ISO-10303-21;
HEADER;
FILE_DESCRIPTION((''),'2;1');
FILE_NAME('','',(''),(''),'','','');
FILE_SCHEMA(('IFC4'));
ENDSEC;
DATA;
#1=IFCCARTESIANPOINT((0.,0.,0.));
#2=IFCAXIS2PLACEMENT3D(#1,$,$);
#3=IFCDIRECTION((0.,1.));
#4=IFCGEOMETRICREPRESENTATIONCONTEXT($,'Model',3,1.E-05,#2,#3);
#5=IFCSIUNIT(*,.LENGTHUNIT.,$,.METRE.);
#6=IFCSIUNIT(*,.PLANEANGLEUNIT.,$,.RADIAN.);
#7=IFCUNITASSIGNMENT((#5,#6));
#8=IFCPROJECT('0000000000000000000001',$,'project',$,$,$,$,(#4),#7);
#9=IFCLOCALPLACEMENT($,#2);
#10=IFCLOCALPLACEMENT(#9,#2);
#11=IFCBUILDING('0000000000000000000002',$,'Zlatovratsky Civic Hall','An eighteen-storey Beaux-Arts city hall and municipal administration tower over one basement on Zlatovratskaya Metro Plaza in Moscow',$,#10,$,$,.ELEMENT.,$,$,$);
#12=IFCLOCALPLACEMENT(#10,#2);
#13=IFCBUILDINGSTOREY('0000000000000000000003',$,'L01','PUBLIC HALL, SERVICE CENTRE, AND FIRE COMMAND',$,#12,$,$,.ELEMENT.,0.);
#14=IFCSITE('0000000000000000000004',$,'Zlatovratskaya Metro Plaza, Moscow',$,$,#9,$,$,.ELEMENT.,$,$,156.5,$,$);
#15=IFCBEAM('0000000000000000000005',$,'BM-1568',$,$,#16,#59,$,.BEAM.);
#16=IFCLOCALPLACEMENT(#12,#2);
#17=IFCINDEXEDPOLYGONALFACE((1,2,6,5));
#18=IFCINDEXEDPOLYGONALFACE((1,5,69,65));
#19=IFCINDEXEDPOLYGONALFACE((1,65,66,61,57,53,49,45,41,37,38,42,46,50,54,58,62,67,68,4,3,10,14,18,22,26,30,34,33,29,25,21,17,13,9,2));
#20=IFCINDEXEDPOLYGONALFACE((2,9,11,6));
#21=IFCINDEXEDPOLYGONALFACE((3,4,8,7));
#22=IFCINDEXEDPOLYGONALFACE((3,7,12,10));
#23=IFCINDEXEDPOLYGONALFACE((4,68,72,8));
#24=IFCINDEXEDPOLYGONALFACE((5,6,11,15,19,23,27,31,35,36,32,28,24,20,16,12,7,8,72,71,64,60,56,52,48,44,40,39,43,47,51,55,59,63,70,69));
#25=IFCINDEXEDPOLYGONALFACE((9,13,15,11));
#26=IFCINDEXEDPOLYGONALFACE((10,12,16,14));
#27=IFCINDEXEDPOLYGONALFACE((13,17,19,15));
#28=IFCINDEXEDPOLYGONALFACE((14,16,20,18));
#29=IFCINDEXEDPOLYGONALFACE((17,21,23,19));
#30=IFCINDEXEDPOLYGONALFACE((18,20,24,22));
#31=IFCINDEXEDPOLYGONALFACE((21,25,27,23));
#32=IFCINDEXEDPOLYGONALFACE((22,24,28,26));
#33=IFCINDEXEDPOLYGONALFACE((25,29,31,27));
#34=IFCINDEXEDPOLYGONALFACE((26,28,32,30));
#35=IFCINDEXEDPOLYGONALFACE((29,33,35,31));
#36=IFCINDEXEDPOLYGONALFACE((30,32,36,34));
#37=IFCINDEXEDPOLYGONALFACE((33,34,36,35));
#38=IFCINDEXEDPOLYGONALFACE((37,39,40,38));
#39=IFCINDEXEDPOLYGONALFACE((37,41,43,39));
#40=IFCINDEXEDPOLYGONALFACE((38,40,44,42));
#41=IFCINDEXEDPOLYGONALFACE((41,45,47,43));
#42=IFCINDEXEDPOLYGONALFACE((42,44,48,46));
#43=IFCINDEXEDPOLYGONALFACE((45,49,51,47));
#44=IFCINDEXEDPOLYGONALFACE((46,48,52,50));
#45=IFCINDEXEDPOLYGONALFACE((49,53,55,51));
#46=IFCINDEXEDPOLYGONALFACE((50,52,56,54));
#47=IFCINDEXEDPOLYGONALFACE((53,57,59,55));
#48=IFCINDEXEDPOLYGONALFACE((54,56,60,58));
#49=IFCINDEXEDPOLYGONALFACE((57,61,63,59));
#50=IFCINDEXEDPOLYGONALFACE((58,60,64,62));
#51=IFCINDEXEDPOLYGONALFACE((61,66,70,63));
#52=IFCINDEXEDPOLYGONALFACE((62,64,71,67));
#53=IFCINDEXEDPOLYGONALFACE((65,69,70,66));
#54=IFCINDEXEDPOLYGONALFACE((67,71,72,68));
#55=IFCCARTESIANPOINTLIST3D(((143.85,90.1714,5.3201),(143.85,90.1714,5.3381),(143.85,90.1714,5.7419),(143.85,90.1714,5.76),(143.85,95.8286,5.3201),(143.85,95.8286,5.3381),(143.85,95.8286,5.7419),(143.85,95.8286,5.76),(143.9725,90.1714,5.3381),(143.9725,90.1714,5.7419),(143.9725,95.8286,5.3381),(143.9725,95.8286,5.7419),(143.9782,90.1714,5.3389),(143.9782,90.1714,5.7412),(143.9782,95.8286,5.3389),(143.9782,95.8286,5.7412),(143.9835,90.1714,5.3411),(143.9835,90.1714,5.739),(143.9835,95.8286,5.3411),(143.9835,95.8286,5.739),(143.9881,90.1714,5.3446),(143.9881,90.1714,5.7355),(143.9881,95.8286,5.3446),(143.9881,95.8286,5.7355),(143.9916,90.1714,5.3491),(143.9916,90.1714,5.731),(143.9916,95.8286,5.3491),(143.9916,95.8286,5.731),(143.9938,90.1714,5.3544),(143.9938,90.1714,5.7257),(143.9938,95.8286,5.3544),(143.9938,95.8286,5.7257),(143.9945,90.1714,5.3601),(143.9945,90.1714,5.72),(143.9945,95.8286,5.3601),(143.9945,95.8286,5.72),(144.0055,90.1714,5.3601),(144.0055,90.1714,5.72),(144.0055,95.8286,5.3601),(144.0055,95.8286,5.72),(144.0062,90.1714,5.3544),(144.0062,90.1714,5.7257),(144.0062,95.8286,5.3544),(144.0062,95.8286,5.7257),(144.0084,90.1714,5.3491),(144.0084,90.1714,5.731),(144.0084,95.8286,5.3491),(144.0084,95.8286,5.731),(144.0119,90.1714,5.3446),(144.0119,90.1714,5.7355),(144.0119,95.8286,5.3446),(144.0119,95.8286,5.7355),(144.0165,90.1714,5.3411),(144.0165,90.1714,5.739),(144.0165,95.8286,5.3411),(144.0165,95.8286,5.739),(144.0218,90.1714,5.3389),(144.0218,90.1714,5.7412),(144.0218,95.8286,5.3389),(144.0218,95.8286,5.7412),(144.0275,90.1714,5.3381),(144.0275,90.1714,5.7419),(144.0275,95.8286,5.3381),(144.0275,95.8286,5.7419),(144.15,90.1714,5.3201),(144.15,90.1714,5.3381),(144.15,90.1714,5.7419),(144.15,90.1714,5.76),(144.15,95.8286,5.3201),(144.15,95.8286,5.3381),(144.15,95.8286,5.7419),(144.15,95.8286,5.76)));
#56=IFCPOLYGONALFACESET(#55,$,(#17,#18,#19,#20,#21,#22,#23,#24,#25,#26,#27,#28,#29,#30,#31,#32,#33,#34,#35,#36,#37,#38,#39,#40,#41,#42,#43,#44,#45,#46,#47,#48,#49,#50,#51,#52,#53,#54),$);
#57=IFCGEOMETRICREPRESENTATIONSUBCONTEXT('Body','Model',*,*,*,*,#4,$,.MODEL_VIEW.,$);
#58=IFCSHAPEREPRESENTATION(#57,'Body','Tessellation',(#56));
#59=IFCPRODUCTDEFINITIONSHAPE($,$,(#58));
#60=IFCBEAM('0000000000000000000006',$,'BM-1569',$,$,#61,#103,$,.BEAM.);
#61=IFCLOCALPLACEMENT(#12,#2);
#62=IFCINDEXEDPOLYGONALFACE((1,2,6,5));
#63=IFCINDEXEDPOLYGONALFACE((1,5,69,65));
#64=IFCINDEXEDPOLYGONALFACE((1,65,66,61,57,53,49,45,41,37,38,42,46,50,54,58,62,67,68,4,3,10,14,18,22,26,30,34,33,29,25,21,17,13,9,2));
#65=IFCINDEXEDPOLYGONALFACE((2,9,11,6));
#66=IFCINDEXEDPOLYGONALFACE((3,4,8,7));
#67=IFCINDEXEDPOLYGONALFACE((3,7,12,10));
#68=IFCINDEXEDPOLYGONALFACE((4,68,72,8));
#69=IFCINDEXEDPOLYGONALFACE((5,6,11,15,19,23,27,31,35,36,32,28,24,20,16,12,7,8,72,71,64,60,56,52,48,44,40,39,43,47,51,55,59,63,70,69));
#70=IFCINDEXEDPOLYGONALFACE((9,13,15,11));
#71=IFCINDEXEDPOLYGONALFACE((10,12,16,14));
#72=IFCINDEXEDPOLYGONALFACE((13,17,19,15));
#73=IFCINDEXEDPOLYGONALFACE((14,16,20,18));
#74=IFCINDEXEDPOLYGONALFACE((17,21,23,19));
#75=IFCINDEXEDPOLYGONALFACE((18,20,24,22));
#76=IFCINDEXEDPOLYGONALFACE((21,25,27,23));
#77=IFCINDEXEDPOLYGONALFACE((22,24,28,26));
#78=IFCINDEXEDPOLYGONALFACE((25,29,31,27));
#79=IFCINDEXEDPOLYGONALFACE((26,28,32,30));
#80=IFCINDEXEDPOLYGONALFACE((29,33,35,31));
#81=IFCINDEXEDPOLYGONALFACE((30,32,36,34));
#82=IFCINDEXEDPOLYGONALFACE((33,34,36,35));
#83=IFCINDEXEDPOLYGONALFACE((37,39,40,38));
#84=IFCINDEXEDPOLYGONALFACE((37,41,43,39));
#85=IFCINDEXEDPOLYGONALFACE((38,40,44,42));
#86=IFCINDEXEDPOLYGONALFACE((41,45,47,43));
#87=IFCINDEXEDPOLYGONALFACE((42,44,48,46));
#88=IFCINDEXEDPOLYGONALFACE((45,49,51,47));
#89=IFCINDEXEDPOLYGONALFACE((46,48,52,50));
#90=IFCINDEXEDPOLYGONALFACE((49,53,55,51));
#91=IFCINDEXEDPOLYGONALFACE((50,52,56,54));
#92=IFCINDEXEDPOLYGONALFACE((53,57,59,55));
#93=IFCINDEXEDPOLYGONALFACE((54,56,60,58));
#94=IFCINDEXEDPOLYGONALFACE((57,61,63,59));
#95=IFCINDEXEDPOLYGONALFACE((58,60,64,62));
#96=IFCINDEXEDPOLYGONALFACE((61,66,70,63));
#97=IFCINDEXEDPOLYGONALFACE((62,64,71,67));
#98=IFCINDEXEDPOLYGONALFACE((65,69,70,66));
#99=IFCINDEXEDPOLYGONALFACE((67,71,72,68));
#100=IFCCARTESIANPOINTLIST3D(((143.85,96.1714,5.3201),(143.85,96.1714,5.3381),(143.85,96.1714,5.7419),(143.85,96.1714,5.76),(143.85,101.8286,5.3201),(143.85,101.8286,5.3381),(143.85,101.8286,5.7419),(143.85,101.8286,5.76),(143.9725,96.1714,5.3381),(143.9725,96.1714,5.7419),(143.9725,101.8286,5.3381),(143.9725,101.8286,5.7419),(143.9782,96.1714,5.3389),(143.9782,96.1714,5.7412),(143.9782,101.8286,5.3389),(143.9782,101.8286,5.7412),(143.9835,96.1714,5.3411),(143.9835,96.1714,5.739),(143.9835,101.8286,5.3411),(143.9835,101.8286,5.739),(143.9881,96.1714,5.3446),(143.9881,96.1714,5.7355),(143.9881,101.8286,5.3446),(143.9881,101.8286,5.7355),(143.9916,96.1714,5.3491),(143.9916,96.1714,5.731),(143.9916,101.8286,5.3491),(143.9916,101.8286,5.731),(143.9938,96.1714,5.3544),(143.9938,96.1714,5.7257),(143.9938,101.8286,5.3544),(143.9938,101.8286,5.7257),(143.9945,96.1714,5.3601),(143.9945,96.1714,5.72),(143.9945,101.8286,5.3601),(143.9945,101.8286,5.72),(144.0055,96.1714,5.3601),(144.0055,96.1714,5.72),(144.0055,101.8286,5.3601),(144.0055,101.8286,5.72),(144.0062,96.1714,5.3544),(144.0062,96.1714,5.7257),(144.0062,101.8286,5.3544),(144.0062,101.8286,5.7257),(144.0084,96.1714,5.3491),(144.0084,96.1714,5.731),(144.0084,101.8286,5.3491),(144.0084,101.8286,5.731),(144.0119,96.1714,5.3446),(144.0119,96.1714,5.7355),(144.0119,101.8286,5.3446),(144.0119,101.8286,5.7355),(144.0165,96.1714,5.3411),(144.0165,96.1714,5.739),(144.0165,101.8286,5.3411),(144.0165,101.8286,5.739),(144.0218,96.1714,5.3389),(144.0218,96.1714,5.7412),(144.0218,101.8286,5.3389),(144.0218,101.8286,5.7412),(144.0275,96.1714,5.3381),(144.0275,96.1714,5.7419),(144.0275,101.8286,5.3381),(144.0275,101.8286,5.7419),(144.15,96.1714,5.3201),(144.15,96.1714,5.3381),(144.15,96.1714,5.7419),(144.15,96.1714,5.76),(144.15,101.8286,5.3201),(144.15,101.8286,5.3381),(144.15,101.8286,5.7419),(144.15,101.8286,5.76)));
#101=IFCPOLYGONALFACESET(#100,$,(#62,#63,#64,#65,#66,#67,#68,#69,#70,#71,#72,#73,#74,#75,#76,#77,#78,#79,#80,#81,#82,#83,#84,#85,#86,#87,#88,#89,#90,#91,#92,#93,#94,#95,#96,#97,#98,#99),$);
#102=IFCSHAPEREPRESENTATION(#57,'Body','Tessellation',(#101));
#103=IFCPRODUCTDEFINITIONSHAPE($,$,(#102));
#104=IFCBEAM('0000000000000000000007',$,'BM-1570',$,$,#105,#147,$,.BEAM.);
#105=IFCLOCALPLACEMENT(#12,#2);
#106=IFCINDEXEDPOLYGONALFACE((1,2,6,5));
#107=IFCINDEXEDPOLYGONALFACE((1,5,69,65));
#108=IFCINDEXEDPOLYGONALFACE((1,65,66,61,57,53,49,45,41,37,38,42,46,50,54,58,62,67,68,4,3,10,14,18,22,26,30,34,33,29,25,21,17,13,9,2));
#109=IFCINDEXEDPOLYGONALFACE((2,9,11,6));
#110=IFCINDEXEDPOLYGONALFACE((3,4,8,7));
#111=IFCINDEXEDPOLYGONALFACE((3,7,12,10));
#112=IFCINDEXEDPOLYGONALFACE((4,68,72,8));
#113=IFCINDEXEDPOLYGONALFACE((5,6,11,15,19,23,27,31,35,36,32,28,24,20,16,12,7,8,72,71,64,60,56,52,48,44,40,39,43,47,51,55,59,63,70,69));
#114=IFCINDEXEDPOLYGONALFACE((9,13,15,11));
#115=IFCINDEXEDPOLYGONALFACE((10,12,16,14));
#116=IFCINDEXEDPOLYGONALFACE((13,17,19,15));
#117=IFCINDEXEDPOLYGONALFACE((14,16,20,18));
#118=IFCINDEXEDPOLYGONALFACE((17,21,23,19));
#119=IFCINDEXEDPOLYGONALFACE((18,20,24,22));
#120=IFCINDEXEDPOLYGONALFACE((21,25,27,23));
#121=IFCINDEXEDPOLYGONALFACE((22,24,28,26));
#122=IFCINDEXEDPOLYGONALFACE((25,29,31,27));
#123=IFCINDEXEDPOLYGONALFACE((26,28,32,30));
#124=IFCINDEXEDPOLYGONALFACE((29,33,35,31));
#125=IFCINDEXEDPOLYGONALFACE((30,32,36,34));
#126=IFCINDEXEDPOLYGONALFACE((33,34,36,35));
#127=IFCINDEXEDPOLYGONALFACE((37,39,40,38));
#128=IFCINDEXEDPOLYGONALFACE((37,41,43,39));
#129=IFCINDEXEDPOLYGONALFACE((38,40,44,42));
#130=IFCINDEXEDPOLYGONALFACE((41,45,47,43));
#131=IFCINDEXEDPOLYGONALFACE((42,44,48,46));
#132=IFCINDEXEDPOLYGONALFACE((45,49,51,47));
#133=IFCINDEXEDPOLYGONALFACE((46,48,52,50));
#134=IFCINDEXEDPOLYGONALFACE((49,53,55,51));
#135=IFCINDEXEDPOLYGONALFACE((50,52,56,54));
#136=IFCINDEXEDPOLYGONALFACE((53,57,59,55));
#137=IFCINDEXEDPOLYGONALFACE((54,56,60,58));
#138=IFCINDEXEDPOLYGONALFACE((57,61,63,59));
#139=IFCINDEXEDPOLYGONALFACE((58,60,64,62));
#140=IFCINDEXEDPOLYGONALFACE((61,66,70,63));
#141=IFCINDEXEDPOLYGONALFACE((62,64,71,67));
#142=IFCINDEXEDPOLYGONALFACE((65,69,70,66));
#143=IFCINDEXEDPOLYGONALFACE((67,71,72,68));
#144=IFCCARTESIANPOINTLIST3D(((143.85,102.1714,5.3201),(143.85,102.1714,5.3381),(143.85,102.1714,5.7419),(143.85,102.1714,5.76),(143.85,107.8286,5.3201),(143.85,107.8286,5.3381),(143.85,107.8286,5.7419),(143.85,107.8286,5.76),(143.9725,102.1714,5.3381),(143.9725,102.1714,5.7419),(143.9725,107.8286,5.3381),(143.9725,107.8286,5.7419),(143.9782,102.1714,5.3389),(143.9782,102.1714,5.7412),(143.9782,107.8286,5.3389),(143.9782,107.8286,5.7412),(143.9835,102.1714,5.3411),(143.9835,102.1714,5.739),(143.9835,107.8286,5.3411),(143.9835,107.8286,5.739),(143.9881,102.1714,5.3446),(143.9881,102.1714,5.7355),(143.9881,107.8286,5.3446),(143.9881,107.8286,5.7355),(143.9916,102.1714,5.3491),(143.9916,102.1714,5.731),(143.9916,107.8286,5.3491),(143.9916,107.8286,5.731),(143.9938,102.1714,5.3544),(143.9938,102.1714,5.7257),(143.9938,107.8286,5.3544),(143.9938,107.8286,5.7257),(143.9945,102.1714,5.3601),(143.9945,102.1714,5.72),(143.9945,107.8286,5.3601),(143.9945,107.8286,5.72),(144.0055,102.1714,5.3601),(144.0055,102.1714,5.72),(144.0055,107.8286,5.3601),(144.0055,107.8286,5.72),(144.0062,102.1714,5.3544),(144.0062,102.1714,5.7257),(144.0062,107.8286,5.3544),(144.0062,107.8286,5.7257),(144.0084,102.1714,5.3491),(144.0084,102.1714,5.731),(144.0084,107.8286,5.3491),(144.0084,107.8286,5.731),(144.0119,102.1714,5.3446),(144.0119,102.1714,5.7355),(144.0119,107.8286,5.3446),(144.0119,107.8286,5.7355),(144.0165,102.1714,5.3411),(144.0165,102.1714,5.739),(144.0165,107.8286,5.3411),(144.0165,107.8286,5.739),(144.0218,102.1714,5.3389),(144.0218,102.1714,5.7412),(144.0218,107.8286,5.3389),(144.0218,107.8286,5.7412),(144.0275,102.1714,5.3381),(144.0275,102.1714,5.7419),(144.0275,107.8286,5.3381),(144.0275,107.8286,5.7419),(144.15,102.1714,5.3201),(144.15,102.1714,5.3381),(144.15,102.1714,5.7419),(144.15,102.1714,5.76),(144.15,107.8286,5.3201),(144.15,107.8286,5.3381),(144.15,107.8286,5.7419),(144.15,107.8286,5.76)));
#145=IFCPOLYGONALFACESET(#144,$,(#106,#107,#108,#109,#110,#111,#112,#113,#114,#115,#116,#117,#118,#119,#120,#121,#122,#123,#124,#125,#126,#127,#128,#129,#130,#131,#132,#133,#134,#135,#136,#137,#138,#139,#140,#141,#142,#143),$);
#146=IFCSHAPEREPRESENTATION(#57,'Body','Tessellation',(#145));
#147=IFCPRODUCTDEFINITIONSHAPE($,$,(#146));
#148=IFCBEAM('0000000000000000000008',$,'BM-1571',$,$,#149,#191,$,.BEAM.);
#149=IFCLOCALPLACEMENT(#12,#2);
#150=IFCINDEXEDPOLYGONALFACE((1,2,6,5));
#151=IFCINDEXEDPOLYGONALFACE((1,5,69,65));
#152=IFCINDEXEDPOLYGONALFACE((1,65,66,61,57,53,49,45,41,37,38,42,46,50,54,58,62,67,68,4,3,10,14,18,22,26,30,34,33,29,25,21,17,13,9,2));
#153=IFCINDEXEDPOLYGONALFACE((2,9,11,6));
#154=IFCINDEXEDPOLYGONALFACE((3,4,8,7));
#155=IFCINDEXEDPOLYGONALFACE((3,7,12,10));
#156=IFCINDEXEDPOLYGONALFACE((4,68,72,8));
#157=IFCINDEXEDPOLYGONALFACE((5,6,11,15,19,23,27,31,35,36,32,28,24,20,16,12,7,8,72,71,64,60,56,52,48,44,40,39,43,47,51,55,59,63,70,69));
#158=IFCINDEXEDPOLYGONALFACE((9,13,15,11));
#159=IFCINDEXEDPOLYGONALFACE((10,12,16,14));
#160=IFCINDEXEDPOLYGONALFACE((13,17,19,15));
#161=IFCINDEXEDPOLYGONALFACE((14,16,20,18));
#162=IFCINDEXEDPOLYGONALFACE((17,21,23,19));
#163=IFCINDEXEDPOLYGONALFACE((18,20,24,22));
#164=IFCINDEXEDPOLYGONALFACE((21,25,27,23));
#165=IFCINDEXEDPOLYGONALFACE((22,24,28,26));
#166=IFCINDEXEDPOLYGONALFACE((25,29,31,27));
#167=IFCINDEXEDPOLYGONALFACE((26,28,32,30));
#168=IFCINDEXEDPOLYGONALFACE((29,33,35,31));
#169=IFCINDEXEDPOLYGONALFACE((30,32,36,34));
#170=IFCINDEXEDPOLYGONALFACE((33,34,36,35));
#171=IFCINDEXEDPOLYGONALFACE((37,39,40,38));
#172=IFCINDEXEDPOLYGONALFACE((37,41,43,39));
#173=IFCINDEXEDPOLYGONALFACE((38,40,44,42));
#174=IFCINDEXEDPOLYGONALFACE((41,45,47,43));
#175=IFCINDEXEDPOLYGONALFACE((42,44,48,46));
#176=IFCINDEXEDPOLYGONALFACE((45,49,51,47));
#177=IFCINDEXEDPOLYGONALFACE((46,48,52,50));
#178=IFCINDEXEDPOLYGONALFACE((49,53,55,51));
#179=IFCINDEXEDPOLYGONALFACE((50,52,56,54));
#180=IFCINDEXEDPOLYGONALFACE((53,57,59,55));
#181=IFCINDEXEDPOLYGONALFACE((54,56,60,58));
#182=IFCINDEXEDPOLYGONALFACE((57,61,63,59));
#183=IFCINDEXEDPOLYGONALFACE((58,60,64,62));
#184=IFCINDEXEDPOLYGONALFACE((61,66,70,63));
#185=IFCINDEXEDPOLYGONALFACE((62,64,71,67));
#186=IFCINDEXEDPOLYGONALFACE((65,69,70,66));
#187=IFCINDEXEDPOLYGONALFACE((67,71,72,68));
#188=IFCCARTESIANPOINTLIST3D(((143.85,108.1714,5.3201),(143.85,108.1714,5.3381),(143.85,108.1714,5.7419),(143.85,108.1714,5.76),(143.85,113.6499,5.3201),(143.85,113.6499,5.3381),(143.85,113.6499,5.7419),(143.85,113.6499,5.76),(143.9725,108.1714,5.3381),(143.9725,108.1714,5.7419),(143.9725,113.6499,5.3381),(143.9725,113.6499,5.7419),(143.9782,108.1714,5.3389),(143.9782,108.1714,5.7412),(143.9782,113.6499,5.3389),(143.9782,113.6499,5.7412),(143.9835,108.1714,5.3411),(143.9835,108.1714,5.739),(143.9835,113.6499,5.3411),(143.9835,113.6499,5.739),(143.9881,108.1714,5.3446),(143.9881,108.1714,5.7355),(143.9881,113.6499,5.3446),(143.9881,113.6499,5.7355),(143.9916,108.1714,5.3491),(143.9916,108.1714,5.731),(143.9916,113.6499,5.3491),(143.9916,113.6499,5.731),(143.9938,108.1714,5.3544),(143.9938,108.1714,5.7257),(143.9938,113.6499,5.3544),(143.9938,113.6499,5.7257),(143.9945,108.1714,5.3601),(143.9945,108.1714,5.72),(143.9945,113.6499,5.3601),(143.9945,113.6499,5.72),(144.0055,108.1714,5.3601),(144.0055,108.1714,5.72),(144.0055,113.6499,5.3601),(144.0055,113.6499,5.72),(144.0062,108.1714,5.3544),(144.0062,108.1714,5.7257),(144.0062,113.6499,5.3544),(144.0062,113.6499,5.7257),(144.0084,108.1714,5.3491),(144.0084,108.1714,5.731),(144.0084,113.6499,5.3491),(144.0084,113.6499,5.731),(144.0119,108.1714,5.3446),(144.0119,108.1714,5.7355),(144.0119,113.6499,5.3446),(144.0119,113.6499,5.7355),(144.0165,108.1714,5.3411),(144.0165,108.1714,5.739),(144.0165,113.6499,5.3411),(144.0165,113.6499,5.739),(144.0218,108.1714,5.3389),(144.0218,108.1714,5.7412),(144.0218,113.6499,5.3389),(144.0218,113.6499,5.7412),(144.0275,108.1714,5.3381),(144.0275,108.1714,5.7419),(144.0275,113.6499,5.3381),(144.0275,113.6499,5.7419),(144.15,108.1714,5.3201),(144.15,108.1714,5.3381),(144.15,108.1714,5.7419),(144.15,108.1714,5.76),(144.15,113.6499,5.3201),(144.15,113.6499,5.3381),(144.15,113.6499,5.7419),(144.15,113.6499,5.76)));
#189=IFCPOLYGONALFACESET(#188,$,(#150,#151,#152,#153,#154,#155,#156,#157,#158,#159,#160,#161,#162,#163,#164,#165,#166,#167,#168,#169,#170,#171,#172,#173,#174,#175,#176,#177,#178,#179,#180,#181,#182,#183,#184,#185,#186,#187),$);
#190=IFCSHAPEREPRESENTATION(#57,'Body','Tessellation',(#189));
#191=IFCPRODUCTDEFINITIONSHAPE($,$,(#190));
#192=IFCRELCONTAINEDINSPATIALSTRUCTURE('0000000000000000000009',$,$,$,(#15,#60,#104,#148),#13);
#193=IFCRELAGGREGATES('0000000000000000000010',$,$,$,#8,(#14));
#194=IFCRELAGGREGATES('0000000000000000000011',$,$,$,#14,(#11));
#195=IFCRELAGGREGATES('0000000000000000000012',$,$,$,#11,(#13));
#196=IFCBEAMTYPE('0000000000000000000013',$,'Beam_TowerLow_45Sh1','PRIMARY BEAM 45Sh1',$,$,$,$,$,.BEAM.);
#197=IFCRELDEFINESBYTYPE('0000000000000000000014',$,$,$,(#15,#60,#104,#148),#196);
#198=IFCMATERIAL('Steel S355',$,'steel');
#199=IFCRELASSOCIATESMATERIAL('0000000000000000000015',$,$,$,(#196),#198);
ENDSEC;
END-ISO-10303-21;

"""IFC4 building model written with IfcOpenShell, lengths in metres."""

from ifc_helpers import new_model, si_unit, direction, frame, origin, origin_2d, place, context, subcontext, project, spatial, i_section, extrude, material, material_profile, profile_set, type_object, element, save


model = new_model("IFC4")

# Units and contexts
model_context = context("Model", 3, precision=1e-05, world=origin(), true_north=direction((0.0, 1.0)))
body_context = subcontext(model_context, "Body", "Model", "MODEL_VIEW")
ifc_project = project(units=[si_unit("LENGTHUNIT", "METRE"), si_unit("PLANEANGLEUNIT", "RADIAN")], contexts=[model_context])

# Site, building, storey
site_placement = place(None, origin())
site = spatial("IfcSite", under=ifc_project, at=site_placement, Name="Zlatovratskaya Metro Plaza, Moscow", CompositionType="ELEMENT", RefElevation=156.5)
building_placement = place(site_placement, origin())
building = spatial("IfcBuilding", under=site, at=building_placement, Name="Zlatovratsky Civic Hall", Description="An eighteen-storey Beaux-Arts city hall and municipal administration tower over one basement on Zlatovratskaya Metro Plaza in Moscow", CompositionType="ELEMENT")
storey_placement = place(building_placement, origin())
storey = spatial("IfcBuildingStorey", under=building, at=storey_placement, Name="L01", Description="PUBLIC HALL, SERVICE CENTRE, AND FIRE COMMAND", CompositionType="ELEMENT", Elevation=0.0)

# Shared definitions
ifc_material_1 = material(Name="Steel S355", Category="steel")

# Beams
ifc_material_profile_1 = material_profile(ifc_material_1, i_section(OverallWidth=0.3, OverallDepth=0.4399, WebThickness=0.011, FlangeThickness=0.0181, FilletRadius=0.022, at=origin_2d()), Name="45Sh1")
ifc_profile_set_1 = profile_set([ifc_material_profile_1], Name="Steel S355")
beam_type_1 = type_object("IfcBeamType", Name="Beam_TowerLow_45Sh1", Description="PRIMARY BEAM 45Sh1", PredefinedType="BEAM", material=ifc_profile_set_1)
for number, where, z_axis, x_axis, name in (
    (1, (144.0, 90.1714, 5.54), (0.0, 1.0, 0.0), (-1.0, 0.0, 0.0), "BM-1568"),
    (2, (144.0, 96.1714, 5.54), (0.0, 1.0, 0.0), (-1.0, 0.0, 0.0), "BM-1569"),
    (3, (144.0, 102.1714, 5.54), (0.0, 1.0, 0.0), (-1.0, 0.0, 0.0), "BM-1570"),
):
    element("IfcBeam", number, at=place(storey_placement, frame(where, z_axis=z_axis, x_axis=x_axis)), inside=storey, type_object=beam_type_1, Name=name, PredefinedType="BEAM", context=body_context, shape_type="SweptSolid", body=[
        extrude(i_section(OverallWidth=0.3, OverallDepth=0.4399, WebThickness=0.011, FlangeThickness=0.0181, FilletRadius=0.022, at=origin_2d()), origin(), (0.0, 0.0, 1.0), 5.6572),
    ])
beam_1_placement = place(storey_placement, frame((144.0, 108.1714, 5.54), z_axis=(0.0, 1.0, 0.0), x_axis=(-1.0, 0.0, 0.0)))
element("IfcBeam", 4, at=beam_1_placement, inside=storey, type_object=beam_type_1, Name="BM-1571", PredefinedType="BEAM", context=body_context, shape_type="SweptSolid", body=[
    extrude(i_section(OverallWidth=0.3, OverallDepth=0.4399, WebThickness=0.011, FlangeThickness=0.0181, FilletRadius=0.022, at=origin_2d()), origin(), (0.0, 0.0, 1.0), 5.4785),
])

save(model, "model.ifc")
